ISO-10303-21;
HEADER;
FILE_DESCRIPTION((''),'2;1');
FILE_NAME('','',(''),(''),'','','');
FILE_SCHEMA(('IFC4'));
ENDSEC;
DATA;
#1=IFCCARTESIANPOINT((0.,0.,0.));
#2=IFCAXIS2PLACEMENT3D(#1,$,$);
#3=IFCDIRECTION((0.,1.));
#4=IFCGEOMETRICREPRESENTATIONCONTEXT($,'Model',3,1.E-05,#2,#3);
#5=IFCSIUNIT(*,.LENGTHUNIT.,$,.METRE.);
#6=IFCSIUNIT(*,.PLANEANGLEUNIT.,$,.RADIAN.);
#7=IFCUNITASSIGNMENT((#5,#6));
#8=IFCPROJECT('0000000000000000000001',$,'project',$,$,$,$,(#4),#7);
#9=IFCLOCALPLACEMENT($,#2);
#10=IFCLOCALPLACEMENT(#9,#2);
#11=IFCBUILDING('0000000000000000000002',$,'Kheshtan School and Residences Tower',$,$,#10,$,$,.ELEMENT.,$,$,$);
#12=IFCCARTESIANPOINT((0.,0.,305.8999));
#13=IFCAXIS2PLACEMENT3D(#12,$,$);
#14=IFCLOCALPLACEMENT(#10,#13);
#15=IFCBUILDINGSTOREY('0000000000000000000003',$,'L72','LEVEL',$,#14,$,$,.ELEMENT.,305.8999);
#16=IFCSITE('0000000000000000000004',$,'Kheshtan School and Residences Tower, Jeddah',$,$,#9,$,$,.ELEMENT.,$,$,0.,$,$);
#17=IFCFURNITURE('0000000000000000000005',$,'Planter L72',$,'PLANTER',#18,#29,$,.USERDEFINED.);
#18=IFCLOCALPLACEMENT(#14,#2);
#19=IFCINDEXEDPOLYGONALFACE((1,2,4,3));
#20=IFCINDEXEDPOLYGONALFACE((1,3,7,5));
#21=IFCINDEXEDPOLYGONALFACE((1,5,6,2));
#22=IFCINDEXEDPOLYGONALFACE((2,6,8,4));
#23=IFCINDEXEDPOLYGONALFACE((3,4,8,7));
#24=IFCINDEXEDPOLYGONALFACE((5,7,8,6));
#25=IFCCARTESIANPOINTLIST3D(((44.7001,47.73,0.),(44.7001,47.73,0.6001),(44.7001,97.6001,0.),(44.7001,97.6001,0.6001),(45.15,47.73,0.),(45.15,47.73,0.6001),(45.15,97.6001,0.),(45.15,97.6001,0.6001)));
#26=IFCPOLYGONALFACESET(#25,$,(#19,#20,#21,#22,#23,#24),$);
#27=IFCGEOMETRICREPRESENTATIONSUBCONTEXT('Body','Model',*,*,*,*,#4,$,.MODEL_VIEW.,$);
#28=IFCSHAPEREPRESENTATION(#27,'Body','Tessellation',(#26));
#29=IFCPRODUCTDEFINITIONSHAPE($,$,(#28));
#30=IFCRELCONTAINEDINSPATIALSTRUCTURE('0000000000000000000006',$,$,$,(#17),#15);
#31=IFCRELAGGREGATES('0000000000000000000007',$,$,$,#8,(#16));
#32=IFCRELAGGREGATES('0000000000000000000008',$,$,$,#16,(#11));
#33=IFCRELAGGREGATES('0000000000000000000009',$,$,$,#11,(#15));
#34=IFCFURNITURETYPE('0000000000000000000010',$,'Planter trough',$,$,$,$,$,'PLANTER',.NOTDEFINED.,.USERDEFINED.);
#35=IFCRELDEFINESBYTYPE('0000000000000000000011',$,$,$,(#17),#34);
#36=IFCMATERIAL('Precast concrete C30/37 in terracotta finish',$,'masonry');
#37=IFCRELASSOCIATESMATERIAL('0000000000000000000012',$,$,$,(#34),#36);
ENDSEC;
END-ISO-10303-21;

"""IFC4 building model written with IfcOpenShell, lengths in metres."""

from ifc_helpers import new_model, si_unit, direction, frame, origin, origin_2d, place, context, subcontext, project, spatial, rectangle, extrude, material, type_object, element, save


model = new_model("IFC4")

# Units and contexts
model_context = context("Model", 3, precision=1e-05, world=origin(), true_north=direction((0.0, 1.0)))
body_context = subcontext(model_context, "Body", "Model", "MODEL_VIEW")
ifc_project = project(units=[si_unit("LENGTHUNIT", "METRE"), si_unit("PLANEANGLEUNIT", "RADIAN")], contexts=[model_context])

# Site, building, storey
site_placement = place(None, origin())
site = spatial("IfcSite", under=ifc_project, at=site_placement, Name="Kheshtan School and Residences Tower, Jeddah", CompositionType="ELEMENT", RefElevation=0.0)
building_placement = place(site_placement, origin())
building = spatial("IfcBuilding", under=site, at=building_placement, Name="Kheshtan School and Residences Tower", CompositionType="ELEMENT")
storey_placement = place(building_placement, frame((0.0, 0.0, 305.8999)))
storey = spatial("IfcBuildingStorey", under=building, at=storey_placement, Name="L72", Description="LEVEL", CompositionType="ELEMENT", Elevation=305.8999)

# Furniture
ifc_material_1 = material(Name="Precast concrete C30/37 in terracotta finish", Category="masonry")
furniture_type = type_object("IfcFurnitureType", Name="Planter trough", ElementType="PLANTER", AssemblyPlace="NOTDEFINED", PredefinedType="USERDEFINED", material=ifc_material_1)
furniture_placement = place(storey_placement, frame((44.925, 72.665, 0.0), z_axis=(0.0, 0.0, 1.0), x_axis=(0.0, -1.0, 0.0)))
element("IfcFurniture", 1, at=furniture_placement, inside=storey, type_object=furniture_type, Name="Planter L72", ObjectType="PLANTER", PredefinedType="USERDEFINED", context=body_context, shape_type="SweptSolid", body=[
    extrude(rectangle(XDim=49.8701, YDim=0.45, at=origin_2d()), origin(), (0.0, 0.0, 1.0), 0.6001),
])

save(model, "model.ifc")
